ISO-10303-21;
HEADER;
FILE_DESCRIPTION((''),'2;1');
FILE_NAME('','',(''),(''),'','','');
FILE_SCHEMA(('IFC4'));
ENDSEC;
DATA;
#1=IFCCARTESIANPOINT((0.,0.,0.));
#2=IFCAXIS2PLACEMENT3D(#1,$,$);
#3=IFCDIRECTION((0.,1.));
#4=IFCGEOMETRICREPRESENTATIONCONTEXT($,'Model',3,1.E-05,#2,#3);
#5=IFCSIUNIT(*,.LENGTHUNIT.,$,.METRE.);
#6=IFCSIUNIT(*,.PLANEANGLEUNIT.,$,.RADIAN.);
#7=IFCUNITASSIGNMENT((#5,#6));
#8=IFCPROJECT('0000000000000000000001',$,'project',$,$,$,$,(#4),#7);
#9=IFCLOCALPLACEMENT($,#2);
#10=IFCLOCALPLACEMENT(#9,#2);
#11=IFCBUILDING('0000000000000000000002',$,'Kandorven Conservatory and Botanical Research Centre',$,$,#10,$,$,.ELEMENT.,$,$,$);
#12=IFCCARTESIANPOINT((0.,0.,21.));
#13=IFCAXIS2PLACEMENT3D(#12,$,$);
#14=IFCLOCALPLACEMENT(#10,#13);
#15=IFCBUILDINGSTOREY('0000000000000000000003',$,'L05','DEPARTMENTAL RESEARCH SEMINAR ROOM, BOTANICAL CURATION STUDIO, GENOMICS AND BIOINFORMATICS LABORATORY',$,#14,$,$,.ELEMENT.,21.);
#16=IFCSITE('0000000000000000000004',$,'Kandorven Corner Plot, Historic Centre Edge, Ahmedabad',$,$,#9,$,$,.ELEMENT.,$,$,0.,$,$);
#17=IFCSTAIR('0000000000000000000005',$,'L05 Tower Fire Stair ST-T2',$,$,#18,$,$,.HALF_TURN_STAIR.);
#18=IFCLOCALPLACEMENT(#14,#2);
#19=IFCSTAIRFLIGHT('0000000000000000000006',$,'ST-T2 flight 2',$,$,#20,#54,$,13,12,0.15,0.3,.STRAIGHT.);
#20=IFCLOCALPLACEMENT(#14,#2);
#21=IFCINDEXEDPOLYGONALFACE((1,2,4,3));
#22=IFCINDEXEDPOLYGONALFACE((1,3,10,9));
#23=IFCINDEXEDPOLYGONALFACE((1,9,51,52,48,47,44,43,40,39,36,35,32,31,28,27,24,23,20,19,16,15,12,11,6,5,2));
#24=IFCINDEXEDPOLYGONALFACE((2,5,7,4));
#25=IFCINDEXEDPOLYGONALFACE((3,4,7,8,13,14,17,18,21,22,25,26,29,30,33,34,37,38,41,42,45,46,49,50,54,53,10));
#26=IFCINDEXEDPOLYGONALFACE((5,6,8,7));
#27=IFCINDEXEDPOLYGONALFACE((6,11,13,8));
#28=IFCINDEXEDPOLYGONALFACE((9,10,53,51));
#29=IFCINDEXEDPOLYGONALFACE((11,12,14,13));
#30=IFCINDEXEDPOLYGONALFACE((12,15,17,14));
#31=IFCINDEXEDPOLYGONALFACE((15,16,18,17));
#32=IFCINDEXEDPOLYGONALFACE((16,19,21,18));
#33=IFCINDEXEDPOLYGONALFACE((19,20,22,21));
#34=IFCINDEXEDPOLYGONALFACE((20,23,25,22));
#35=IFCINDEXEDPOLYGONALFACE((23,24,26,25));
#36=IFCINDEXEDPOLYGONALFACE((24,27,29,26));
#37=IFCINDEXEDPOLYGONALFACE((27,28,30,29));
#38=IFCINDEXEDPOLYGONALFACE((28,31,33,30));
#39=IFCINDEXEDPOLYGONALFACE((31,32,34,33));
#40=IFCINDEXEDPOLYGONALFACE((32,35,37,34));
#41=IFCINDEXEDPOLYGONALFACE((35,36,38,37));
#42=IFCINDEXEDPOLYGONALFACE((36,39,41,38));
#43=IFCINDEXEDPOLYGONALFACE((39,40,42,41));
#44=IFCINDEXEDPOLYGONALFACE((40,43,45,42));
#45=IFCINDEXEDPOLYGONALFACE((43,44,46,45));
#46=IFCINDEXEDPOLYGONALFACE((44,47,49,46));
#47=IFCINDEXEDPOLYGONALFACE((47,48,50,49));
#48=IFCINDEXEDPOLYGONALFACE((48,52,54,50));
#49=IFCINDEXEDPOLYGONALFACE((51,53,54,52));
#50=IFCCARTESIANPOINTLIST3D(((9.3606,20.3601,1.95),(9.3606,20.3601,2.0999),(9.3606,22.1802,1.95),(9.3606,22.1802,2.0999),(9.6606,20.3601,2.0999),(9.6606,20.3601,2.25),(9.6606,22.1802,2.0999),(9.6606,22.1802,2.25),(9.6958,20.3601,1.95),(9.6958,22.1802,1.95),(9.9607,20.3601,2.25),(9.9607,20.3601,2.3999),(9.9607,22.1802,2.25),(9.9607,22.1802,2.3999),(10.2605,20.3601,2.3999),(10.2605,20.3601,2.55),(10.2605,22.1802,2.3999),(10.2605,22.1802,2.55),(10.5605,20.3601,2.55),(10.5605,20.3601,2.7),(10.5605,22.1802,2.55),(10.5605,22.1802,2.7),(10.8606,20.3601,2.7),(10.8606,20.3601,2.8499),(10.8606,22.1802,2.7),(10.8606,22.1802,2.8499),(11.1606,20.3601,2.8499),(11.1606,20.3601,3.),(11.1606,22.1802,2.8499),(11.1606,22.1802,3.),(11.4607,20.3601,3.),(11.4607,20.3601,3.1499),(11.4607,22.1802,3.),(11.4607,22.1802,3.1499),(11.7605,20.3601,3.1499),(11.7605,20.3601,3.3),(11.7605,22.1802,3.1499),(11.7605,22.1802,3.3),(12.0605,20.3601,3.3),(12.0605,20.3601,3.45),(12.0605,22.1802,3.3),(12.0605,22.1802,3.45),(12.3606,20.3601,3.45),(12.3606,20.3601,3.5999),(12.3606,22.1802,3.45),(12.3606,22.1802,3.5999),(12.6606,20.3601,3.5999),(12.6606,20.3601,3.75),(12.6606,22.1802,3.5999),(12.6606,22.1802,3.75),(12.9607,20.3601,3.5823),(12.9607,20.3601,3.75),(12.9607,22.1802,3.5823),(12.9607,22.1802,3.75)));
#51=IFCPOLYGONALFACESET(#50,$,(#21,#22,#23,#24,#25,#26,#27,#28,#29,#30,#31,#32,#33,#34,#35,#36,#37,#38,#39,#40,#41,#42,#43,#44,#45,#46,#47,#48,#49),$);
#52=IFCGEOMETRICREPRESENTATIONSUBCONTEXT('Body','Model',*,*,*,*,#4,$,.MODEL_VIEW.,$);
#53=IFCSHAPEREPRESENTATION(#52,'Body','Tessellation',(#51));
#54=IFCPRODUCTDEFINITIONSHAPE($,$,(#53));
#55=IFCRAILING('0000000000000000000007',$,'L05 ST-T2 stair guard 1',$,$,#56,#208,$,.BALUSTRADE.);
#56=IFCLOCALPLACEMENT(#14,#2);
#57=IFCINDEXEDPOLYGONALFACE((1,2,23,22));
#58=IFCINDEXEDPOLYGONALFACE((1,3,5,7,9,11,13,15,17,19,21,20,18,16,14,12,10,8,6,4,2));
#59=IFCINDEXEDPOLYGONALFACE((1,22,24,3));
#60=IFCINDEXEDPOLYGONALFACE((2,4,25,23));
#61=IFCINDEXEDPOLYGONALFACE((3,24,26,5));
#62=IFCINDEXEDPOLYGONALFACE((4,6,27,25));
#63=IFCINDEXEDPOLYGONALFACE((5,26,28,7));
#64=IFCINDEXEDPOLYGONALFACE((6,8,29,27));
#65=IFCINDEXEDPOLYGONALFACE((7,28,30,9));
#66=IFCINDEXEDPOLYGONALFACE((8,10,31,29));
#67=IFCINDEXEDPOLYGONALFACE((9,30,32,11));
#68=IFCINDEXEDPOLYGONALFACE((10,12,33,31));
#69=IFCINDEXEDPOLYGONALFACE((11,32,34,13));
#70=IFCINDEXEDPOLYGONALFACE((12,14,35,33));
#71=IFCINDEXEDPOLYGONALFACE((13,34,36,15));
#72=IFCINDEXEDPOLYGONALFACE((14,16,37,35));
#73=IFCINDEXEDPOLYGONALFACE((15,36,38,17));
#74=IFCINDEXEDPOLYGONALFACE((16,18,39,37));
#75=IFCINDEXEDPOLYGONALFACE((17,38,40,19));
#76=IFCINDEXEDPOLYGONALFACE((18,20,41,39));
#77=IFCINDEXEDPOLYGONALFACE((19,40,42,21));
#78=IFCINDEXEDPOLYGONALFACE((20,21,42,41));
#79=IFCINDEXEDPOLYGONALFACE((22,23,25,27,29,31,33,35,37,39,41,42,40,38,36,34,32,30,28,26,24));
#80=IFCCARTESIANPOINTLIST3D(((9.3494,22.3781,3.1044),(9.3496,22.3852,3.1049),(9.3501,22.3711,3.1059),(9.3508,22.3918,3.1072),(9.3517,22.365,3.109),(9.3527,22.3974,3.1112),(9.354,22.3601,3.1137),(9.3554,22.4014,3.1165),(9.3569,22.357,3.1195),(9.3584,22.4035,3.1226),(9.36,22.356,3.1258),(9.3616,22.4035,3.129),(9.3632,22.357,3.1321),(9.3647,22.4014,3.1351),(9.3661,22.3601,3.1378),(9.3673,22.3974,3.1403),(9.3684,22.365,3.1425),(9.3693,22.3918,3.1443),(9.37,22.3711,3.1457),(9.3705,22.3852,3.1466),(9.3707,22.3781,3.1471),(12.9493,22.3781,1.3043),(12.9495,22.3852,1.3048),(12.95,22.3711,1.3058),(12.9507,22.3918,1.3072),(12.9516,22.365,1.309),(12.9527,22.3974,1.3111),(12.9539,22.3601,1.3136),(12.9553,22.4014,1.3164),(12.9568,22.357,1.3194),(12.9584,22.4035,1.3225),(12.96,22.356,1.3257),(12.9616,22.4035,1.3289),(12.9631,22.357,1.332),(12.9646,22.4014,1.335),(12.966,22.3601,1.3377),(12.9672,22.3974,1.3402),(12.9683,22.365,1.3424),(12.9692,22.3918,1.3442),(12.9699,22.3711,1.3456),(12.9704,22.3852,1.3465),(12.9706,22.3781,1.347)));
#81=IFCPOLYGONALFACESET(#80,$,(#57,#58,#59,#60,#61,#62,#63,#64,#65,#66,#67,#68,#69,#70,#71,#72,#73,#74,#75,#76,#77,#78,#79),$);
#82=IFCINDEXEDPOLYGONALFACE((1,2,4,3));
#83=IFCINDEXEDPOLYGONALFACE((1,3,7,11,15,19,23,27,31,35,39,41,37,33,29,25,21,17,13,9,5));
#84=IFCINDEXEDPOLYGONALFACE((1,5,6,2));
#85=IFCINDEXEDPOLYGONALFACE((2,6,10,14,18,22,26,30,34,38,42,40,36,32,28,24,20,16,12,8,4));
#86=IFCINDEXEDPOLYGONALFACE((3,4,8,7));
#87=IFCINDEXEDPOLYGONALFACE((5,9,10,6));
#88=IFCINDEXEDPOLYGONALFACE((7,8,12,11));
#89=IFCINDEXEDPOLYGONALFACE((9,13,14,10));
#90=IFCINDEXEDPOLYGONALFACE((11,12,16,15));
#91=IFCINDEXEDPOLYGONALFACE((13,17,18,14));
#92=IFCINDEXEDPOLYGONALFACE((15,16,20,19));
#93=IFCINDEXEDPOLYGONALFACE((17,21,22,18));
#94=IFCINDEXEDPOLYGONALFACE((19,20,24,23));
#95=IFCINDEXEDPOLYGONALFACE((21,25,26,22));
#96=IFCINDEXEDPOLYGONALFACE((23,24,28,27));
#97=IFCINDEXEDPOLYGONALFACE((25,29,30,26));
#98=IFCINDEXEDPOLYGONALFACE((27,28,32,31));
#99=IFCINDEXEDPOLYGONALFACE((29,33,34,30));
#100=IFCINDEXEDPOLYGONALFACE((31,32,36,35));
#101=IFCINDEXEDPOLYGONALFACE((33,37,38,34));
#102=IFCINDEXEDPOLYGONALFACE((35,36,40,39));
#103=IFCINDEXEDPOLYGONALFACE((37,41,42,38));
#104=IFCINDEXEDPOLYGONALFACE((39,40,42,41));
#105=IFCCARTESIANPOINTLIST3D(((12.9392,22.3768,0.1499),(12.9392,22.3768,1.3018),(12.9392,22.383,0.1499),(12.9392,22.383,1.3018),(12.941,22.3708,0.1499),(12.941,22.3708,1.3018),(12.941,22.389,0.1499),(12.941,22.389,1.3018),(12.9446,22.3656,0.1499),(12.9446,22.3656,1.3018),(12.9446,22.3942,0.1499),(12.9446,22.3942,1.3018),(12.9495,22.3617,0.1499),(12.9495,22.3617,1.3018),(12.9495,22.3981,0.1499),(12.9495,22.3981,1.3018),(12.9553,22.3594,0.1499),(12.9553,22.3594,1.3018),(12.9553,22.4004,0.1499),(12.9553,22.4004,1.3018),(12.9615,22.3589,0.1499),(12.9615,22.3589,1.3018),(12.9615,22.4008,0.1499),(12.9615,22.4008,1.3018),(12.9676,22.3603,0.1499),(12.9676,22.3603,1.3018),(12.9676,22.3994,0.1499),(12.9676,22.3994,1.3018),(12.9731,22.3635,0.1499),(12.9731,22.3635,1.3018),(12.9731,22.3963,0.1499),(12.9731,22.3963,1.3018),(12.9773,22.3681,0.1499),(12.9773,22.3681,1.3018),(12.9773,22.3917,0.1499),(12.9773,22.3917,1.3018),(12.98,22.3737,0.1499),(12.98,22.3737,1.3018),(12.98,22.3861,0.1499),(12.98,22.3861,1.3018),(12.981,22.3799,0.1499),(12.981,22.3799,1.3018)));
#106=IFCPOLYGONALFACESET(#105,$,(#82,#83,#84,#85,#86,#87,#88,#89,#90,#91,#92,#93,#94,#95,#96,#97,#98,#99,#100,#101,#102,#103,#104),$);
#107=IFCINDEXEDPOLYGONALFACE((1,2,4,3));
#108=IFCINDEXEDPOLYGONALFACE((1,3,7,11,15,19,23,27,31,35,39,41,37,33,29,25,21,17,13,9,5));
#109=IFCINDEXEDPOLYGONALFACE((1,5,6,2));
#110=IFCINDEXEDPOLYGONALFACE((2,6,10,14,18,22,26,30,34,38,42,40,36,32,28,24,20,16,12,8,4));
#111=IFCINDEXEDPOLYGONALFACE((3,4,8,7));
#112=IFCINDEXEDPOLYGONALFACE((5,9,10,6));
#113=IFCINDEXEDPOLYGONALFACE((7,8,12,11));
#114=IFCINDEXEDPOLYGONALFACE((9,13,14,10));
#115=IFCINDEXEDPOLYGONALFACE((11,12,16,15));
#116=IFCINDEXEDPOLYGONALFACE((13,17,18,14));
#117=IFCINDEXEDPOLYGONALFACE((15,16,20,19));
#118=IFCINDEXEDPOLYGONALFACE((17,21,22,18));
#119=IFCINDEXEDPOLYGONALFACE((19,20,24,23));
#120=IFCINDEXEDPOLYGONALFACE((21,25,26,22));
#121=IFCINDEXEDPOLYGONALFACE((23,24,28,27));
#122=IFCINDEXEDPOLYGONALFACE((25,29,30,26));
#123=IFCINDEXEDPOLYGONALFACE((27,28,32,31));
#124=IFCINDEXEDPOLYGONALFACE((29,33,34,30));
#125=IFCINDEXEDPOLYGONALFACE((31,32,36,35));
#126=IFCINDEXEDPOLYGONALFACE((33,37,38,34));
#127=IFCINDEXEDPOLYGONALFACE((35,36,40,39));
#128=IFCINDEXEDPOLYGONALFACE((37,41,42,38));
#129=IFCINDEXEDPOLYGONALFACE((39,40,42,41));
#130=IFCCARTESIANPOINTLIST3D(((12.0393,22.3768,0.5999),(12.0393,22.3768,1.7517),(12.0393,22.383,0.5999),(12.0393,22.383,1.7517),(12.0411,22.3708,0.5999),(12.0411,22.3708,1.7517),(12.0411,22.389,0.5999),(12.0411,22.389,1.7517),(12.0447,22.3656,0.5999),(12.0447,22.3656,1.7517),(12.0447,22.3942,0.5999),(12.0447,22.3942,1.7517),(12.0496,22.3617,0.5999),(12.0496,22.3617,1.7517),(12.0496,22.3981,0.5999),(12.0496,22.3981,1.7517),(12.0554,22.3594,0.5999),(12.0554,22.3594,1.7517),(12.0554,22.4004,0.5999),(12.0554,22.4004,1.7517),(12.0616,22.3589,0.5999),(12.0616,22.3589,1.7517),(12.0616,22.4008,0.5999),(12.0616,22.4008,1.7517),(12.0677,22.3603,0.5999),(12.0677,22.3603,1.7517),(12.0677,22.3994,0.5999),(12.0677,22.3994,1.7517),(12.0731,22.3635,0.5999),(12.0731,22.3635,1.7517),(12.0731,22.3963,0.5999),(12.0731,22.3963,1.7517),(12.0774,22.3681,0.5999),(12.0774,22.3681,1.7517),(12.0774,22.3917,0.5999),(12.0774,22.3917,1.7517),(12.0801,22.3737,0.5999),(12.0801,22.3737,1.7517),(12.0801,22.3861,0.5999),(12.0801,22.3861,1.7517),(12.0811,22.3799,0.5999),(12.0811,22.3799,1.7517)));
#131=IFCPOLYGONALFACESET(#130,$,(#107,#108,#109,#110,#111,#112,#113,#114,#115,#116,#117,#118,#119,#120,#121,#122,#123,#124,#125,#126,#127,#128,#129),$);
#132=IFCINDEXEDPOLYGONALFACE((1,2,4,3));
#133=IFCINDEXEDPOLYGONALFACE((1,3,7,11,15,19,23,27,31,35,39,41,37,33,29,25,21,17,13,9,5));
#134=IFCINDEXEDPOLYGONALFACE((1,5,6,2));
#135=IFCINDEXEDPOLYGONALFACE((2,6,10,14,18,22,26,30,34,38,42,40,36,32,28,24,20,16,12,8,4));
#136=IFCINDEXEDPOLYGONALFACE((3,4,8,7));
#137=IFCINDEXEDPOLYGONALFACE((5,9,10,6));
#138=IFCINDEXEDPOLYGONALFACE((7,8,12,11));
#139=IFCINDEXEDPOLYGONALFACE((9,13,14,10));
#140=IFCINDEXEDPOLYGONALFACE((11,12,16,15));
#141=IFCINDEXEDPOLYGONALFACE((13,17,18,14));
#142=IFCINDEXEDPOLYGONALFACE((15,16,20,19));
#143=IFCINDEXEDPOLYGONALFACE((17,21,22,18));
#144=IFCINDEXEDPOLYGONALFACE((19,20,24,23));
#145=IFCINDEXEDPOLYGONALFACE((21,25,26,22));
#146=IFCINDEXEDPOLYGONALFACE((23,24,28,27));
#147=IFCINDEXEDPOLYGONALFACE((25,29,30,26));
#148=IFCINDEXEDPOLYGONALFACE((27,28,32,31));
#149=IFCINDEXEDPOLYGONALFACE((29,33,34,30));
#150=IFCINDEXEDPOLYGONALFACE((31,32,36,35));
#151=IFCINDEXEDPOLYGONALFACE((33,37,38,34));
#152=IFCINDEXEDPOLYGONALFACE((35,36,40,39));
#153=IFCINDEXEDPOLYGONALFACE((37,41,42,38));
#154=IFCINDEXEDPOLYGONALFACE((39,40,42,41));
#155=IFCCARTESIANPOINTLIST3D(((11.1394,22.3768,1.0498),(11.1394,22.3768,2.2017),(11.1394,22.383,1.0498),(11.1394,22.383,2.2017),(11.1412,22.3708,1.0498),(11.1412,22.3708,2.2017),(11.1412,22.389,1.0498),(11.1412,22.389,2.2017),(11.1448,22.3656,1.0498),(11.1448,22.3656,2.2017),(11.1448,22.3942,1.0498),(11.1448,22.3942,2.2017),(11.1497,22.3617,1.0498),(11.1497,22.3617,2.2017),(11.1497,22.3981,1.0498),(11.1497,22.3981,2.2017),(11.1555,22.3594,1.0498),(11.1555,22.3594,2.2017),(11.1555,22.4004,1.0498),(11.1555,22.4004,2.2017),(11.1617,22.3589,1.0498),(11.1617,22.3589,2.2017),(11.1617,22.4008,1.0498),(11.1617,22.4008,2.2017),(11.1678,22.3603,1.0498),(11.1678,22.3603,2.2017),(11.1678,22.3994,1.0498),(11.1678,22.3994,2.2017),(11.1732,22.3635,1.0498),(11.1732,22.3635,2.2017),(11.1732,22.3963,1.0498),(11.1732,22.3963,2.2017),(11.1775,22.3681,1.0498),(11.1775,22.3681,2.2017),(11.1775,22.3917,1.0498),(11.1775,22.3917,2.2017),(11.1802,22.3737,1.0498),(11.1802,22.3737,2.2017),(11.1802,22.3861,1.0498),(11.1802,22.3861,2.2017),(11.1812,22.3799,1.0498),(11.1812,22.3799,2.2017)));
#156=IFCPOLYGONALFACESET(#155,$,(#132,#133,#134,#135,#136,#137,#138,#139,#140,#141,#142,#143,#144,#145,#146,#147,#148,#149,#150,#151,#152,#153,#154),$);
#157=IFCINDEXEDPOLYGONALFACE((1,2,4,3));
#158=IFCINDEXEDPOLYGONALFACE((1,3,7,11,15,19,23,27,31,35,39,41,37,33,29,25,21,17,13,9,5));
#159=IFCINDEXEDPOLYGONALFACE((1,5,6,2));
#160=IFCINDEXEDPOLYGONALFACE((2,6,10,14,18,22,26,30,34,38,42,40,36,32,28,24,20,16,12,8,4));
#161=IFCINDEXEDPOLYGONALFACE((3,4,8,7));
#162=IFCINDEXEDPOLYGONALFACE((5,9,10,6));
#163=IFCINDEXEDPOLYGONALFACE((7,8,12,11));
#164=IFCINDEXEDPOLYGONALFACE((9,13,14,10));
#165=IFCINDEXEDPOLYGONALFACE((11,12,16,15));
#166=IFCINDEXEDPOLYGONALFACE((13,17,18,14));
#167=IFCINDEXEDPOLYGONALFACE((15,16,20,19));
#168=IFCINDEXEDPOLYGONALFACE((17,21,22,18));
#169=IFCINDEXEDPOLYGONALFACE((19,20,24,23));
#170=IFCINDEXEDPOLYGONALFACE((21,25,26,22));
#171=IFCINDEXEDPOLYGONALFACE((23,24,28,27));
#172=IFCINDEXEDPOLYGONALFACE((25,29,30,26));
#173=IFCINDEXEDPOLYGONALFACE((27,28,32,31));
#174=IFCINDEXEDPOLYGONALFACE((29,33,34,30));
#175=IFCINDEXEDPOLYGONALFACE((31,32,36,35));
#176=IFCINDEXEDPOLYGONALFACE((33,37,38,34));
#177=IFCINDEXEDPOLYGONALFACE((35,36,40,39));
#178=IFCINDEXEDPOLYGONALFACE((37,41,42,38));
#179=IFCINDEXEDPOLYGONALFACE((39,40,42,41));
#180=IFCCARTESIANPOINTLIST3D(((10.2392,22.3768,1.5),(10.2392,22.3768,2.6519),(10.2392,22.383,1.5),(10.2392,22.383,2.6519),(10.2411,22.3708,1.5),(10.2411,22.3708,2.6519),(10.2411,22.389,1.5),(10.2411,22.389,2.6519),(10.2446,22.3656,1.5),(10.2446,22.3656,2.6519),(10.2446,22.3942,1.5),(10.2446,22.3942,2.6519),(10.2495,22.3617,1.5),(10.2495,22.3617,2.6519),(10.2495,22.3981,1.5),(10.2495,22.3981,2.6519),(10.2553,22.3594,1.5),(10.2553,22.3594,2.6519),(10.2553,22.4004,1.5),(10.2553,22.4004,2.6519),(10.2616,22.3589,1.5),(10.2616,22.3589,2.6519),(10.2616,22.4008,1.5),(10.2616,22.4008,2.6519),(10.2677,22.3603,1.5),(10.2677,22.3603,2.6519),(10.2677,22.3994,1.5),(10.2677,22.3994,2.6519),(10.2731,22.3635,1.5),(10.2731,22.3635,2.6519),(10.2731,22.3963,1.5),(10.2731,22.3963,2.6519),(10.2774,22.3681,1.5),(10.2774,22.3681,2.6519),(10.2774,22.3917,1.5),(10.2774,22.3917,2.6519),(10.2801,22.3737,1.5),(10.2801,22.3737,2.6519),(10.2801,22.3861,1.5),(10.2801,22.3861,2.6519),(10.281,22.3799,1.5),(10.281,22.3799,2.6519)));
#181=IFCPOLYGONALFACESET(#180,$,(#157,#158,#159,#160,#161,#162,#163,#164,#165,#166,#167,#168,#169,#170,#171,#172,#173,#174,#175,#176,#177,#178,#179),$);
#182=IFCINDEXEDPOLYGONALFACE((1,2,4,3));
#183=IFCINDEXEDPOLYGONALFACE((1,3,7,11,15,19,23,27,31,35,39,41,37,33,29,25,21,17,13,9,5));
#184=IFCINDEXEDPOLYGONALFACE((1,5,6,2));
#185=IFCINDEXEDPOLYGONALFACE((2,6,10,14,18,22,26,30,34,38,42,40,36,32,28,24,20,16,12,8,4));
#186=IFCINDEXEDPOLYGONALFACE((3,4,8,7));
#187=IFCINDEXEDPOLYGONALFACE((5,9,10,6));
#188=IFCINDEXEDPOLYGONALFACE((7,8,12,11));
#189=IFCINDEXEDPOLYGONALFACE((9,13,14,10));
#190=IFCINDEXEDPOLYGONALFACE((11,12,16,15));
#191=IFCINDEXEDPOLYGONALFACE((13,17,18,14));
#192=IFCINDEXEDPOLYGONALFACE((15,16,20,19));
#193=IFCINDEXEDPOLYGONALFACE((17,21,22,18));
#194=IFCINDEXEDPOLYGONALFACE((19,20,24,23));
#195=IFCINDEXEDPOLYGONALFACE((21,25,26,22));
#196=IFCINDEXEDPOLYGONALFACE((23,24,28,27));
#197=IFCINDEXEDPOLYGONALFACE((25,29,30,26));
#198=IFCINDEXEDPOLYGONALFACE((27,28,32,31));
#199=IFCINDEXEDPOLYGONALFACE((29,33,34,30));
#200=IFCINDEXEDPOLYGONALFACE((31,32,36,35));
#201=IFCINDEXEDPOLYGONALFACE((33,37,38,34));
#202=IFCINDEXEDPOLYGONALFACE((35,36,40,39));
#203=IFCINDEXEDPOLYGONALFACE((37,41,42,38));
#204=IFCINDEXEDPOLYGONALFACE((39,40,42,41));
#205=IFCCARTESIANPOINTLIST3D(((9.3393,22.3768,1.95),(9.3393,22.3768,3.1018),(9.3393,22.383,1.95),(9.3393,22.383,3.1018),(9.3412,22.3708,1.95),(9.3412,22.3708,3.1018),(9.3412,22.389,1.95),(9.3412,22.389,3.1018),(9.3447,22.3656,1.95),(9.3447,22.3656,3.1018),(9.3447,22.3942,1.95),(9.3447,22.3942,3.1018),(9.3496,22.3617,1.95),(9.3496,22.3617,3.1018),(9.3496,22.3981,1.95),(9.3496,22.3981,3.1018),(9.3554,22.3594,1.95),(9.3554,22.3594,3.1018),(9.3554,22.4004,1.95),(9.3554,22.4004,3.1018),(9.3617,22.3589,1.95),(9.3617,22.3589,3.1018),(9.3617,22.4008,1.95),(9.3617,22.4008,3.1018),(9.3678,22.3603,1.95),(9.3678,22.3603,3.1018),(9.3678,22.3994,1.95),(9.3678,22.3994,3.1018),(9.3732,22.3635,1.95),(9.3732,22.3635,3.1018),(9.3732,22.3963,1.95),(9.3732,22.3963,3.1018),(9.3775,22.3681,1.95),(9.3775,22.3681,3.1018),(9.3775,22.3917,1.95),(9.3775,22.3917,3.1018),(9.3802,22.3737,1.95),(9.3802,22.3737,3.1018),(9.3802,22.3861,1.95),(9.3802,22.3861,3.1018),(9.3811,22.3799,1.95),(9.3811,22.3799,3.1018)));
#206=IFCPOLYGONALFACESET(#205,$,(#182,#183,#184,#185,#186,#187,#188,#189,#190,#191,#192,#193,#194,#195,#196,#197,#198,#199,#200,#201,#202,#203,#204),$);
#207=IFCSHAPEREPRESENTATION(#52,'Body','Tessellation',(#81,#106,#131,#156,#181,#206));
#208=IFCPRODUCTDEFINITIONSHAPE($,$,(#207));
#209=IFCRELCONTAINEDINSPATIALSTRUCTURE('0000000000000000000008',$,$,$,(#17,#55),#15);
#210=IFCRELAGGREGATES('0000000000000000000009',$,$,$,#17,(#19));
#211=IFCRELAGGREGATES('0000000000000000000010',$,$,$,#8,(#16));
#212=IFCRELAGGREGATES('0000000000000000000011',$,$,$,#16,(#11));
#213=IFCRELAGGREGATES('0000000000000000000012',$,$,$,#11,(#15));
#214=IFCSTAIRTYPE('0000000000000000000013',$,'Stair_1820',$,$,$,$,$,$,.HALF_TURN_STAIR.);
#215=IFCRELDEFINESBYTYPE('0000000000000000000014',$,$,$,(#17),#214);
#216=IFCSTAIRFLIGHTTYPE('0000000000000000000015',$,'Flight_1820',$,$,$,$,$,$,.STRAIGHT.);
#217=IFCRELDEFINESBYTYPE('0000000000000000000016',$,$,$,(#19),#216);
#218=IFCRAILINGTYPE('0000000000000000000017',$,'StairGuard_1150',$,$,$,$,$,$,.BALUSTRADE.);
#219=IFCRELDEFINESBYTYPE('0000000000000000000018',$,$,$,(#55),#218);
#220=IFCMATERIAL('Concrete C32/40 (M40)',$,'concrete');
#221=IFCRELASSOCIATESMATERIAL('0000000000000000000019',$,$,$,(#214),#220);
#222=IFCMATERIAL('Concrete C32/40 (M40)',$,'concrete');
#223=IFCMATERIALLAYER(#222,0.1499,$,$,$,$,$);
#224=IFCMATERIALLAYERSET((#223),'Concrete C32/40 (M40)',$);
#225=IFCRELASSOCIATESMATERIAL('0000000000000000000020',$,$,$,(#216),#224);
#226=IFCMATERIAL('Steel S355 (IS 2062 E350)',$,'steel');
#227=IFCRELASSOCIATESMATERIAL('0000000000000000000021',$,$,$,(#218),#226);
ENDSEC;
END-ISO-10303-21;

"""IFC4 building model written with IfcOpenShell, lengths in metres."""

from ifc_helpers import new_model, si_unit, direction, frame, origin, origin_2d, place, context, subcontext, project, spatial, polyline, circle, outline, extrude, material, layer, layer_set, type_object, element, aggregate, save


model = new_model("IFC4")

# Units and contexts
model_context = context("Model", 3, precision=1e-05, world=origin(), true_north=direction((0.0, 1.0)))
body_context = subcontext(model_context, "Body", "Model", "MODEL_VIEW")
ifc_project = project(units=[si_unit("LENGTHUNIT", "METRE"), si_unit("PLANEANGLEUNIT", "RADIAN")], contexts=[model_context])

# Site, building, storey
site_placement = place(None, origin())
site = spatial("IfcSite", under=ifc_project, at=site_placement, Name="Kandorven Corner Plot, Historic Centre Edge, Ahmedabad", CompositionType="ELEMENT", RefElevation=0.0)
building_placement = place(site_placement, origin())
building = spatial("IfcBuilding", under=site, at=building_placement, Name="Kandorven Conservatory and Botanical Research Centre", CompositionType="ELEMENT")
storey_placement = place(building_placement, frame((0.0, 0.0, 21.0)))
storey = spatial("IfcBuildingStorey", under=building, at=storey_placement, Name="L05", Description="DEPARTMENTAL RESEARCH SEMINAR ROOM, BOTANICAL CURATION STUDIO, GENOMICS AND BIOINFORMATICS LABORATORY", CompositionType="ELEMENT", Elevation=21.0)

# Shared definitions
ifc_material_1 = material(Name="Concrete C32/40 (M40)", Category="concrete")
stair_type = type_object("IfcStairType", Name="Stair_1820", PredefinedType="HALF_TURN_STAIR", material=ifc_material_1)
ifc_material_2 = material(Name="Concrete C32/40 (M40)", Category="concrete")
ifc_layer_1 = layer(ifc_material_2, 0.1499)
ifc_layer_set_1 = layer_set([ifc_layer_1], Name="Concrete C32/40 (M40)")
stair_flight_type = type_object("IfcStairFlightType", Name="Flight_1820", PredefinedType="STRAIGHT", material=ifc_layer_set_1)

# Stair, stair flight
stair_1_placement = place(storey_placement, origin())
stair_1 = element("IfcStair", 1, at=stair_1_placement, inside=storey, type_object=stair_type, Name="L05 Tower Fire Stair ST-T2", PredefinedType="HALF_TURN_STAIR")
stair_flight_1_placement = place(storey_placement, frame((9.3606, 21.27, 1.95), z_axis=(0.0, 0.0, 1.0), x_axis=(1.0, 0.0, 0.0)))
stair_flight_1 = element("IfcStairFlight", 2, at=stair_flight_1_placement, type_object=stair_flight_type, Name="ST-T2 flight 2", NumberOfRisers=13, NumberOfTreads=12, PredefinedType="STRAIGHT", RiserHeight=0.15, TreadLength=0.3, context=body_context, shape_type="SweptSolid", body=[
    extrude(outline(polyline([(0.0, 0.0), (0.0, 0.1499), (0.3, 0.1499), (0.3, 0.3), (0.6001, 0.3), (0.6001, 0.45), (0.8999, 0.45), (0.8999, 0.6001), (1.2, 0.6001), (1.2, 0.75), (1.5, 0.75), (1.5, 0.8999), (1.8, 0.8999), (1.8, 1.05), (2.1001, 1.05), (2.1001, 1.2), (2.3999, 1.2), (2.3999, 1.3501), (2.7, 1.3501), (2.7, 1.5), (3.0, 1.5), (3.0, 1.6499), (3.3, 1.6499), (3.3, 1.8), (3.6001, 1.8), (3.6001, 1.95), (3.6001, 1.6323), (0.3352, 0.0), (0.0, 0.0)])), frame((0.0, 0.9102, 0.0), z_axis=(0.0, -1.0, 0.0), x_axis=(1.0, 0.0, 0.0)), (0.0, 0.0, 1.0), 1.8201),
])
aggregate(stair_1, [stair_flight_1])

# Railing
ifc_material_3 = material(Name="Steel S355 (IS 2062 E350)", Category="steel")
railing_type_1 = type_object("IfcRailingType", Name="StairGuard_1150", PredefinedType="BALUSTRADE", material=ifc_material_3)
railing_1_placement = place(storey_placement, frame((12.96, 22.3799, 0.1499)))
element("IfcRailing", 3, at=railing_1_placement, inside=storey, type_object=railing_type_1, Name="L05 ST-T2 stair guard 1", PredefinedType="BALUSTRADE", context=body_context, shape_type="SweptSolid", body=[
    extrude(circle(Radius=0.0239, at=origin_2d()), frame((0.0, 0.0, 1.1758), z_axis=(-0.894415, 0.0, 0.447238), x_axis=(0.0, -1.0, 0.0)), (0.0, 0.0, 1.0), 4.0249),
    extrude(circle(Radius=0.021, at=origin_2d()), origin(), (0.0, 0.0, 1.0), 1.1519),
    extrude(circle(Radius=0.021, at=origin_2d()), frame((-0.8999, 0.0, 0.45)), (0.0, 0.0, 1.0), 1.1519),
    extrude(circle(Radius=0.021, at=origin_2d()), frame((-1.7998, 0.0, 0.8999)), (0.0, 0.0, 1.0), 1.1519),
    extrude(circle(Radius=0.021, at=origin_2d()), frame((-2.7, 0.0, 1.3501)), (0.0, 0.0, 1.0), 1.1519),
    extrude(circle(Radius=0.021, at=origin_2d()), frame((-3.5999, 0.0, 1.8)), (0.0, 0.0, 1.0), 1.1519),
])

save(model, "model.ifc")
